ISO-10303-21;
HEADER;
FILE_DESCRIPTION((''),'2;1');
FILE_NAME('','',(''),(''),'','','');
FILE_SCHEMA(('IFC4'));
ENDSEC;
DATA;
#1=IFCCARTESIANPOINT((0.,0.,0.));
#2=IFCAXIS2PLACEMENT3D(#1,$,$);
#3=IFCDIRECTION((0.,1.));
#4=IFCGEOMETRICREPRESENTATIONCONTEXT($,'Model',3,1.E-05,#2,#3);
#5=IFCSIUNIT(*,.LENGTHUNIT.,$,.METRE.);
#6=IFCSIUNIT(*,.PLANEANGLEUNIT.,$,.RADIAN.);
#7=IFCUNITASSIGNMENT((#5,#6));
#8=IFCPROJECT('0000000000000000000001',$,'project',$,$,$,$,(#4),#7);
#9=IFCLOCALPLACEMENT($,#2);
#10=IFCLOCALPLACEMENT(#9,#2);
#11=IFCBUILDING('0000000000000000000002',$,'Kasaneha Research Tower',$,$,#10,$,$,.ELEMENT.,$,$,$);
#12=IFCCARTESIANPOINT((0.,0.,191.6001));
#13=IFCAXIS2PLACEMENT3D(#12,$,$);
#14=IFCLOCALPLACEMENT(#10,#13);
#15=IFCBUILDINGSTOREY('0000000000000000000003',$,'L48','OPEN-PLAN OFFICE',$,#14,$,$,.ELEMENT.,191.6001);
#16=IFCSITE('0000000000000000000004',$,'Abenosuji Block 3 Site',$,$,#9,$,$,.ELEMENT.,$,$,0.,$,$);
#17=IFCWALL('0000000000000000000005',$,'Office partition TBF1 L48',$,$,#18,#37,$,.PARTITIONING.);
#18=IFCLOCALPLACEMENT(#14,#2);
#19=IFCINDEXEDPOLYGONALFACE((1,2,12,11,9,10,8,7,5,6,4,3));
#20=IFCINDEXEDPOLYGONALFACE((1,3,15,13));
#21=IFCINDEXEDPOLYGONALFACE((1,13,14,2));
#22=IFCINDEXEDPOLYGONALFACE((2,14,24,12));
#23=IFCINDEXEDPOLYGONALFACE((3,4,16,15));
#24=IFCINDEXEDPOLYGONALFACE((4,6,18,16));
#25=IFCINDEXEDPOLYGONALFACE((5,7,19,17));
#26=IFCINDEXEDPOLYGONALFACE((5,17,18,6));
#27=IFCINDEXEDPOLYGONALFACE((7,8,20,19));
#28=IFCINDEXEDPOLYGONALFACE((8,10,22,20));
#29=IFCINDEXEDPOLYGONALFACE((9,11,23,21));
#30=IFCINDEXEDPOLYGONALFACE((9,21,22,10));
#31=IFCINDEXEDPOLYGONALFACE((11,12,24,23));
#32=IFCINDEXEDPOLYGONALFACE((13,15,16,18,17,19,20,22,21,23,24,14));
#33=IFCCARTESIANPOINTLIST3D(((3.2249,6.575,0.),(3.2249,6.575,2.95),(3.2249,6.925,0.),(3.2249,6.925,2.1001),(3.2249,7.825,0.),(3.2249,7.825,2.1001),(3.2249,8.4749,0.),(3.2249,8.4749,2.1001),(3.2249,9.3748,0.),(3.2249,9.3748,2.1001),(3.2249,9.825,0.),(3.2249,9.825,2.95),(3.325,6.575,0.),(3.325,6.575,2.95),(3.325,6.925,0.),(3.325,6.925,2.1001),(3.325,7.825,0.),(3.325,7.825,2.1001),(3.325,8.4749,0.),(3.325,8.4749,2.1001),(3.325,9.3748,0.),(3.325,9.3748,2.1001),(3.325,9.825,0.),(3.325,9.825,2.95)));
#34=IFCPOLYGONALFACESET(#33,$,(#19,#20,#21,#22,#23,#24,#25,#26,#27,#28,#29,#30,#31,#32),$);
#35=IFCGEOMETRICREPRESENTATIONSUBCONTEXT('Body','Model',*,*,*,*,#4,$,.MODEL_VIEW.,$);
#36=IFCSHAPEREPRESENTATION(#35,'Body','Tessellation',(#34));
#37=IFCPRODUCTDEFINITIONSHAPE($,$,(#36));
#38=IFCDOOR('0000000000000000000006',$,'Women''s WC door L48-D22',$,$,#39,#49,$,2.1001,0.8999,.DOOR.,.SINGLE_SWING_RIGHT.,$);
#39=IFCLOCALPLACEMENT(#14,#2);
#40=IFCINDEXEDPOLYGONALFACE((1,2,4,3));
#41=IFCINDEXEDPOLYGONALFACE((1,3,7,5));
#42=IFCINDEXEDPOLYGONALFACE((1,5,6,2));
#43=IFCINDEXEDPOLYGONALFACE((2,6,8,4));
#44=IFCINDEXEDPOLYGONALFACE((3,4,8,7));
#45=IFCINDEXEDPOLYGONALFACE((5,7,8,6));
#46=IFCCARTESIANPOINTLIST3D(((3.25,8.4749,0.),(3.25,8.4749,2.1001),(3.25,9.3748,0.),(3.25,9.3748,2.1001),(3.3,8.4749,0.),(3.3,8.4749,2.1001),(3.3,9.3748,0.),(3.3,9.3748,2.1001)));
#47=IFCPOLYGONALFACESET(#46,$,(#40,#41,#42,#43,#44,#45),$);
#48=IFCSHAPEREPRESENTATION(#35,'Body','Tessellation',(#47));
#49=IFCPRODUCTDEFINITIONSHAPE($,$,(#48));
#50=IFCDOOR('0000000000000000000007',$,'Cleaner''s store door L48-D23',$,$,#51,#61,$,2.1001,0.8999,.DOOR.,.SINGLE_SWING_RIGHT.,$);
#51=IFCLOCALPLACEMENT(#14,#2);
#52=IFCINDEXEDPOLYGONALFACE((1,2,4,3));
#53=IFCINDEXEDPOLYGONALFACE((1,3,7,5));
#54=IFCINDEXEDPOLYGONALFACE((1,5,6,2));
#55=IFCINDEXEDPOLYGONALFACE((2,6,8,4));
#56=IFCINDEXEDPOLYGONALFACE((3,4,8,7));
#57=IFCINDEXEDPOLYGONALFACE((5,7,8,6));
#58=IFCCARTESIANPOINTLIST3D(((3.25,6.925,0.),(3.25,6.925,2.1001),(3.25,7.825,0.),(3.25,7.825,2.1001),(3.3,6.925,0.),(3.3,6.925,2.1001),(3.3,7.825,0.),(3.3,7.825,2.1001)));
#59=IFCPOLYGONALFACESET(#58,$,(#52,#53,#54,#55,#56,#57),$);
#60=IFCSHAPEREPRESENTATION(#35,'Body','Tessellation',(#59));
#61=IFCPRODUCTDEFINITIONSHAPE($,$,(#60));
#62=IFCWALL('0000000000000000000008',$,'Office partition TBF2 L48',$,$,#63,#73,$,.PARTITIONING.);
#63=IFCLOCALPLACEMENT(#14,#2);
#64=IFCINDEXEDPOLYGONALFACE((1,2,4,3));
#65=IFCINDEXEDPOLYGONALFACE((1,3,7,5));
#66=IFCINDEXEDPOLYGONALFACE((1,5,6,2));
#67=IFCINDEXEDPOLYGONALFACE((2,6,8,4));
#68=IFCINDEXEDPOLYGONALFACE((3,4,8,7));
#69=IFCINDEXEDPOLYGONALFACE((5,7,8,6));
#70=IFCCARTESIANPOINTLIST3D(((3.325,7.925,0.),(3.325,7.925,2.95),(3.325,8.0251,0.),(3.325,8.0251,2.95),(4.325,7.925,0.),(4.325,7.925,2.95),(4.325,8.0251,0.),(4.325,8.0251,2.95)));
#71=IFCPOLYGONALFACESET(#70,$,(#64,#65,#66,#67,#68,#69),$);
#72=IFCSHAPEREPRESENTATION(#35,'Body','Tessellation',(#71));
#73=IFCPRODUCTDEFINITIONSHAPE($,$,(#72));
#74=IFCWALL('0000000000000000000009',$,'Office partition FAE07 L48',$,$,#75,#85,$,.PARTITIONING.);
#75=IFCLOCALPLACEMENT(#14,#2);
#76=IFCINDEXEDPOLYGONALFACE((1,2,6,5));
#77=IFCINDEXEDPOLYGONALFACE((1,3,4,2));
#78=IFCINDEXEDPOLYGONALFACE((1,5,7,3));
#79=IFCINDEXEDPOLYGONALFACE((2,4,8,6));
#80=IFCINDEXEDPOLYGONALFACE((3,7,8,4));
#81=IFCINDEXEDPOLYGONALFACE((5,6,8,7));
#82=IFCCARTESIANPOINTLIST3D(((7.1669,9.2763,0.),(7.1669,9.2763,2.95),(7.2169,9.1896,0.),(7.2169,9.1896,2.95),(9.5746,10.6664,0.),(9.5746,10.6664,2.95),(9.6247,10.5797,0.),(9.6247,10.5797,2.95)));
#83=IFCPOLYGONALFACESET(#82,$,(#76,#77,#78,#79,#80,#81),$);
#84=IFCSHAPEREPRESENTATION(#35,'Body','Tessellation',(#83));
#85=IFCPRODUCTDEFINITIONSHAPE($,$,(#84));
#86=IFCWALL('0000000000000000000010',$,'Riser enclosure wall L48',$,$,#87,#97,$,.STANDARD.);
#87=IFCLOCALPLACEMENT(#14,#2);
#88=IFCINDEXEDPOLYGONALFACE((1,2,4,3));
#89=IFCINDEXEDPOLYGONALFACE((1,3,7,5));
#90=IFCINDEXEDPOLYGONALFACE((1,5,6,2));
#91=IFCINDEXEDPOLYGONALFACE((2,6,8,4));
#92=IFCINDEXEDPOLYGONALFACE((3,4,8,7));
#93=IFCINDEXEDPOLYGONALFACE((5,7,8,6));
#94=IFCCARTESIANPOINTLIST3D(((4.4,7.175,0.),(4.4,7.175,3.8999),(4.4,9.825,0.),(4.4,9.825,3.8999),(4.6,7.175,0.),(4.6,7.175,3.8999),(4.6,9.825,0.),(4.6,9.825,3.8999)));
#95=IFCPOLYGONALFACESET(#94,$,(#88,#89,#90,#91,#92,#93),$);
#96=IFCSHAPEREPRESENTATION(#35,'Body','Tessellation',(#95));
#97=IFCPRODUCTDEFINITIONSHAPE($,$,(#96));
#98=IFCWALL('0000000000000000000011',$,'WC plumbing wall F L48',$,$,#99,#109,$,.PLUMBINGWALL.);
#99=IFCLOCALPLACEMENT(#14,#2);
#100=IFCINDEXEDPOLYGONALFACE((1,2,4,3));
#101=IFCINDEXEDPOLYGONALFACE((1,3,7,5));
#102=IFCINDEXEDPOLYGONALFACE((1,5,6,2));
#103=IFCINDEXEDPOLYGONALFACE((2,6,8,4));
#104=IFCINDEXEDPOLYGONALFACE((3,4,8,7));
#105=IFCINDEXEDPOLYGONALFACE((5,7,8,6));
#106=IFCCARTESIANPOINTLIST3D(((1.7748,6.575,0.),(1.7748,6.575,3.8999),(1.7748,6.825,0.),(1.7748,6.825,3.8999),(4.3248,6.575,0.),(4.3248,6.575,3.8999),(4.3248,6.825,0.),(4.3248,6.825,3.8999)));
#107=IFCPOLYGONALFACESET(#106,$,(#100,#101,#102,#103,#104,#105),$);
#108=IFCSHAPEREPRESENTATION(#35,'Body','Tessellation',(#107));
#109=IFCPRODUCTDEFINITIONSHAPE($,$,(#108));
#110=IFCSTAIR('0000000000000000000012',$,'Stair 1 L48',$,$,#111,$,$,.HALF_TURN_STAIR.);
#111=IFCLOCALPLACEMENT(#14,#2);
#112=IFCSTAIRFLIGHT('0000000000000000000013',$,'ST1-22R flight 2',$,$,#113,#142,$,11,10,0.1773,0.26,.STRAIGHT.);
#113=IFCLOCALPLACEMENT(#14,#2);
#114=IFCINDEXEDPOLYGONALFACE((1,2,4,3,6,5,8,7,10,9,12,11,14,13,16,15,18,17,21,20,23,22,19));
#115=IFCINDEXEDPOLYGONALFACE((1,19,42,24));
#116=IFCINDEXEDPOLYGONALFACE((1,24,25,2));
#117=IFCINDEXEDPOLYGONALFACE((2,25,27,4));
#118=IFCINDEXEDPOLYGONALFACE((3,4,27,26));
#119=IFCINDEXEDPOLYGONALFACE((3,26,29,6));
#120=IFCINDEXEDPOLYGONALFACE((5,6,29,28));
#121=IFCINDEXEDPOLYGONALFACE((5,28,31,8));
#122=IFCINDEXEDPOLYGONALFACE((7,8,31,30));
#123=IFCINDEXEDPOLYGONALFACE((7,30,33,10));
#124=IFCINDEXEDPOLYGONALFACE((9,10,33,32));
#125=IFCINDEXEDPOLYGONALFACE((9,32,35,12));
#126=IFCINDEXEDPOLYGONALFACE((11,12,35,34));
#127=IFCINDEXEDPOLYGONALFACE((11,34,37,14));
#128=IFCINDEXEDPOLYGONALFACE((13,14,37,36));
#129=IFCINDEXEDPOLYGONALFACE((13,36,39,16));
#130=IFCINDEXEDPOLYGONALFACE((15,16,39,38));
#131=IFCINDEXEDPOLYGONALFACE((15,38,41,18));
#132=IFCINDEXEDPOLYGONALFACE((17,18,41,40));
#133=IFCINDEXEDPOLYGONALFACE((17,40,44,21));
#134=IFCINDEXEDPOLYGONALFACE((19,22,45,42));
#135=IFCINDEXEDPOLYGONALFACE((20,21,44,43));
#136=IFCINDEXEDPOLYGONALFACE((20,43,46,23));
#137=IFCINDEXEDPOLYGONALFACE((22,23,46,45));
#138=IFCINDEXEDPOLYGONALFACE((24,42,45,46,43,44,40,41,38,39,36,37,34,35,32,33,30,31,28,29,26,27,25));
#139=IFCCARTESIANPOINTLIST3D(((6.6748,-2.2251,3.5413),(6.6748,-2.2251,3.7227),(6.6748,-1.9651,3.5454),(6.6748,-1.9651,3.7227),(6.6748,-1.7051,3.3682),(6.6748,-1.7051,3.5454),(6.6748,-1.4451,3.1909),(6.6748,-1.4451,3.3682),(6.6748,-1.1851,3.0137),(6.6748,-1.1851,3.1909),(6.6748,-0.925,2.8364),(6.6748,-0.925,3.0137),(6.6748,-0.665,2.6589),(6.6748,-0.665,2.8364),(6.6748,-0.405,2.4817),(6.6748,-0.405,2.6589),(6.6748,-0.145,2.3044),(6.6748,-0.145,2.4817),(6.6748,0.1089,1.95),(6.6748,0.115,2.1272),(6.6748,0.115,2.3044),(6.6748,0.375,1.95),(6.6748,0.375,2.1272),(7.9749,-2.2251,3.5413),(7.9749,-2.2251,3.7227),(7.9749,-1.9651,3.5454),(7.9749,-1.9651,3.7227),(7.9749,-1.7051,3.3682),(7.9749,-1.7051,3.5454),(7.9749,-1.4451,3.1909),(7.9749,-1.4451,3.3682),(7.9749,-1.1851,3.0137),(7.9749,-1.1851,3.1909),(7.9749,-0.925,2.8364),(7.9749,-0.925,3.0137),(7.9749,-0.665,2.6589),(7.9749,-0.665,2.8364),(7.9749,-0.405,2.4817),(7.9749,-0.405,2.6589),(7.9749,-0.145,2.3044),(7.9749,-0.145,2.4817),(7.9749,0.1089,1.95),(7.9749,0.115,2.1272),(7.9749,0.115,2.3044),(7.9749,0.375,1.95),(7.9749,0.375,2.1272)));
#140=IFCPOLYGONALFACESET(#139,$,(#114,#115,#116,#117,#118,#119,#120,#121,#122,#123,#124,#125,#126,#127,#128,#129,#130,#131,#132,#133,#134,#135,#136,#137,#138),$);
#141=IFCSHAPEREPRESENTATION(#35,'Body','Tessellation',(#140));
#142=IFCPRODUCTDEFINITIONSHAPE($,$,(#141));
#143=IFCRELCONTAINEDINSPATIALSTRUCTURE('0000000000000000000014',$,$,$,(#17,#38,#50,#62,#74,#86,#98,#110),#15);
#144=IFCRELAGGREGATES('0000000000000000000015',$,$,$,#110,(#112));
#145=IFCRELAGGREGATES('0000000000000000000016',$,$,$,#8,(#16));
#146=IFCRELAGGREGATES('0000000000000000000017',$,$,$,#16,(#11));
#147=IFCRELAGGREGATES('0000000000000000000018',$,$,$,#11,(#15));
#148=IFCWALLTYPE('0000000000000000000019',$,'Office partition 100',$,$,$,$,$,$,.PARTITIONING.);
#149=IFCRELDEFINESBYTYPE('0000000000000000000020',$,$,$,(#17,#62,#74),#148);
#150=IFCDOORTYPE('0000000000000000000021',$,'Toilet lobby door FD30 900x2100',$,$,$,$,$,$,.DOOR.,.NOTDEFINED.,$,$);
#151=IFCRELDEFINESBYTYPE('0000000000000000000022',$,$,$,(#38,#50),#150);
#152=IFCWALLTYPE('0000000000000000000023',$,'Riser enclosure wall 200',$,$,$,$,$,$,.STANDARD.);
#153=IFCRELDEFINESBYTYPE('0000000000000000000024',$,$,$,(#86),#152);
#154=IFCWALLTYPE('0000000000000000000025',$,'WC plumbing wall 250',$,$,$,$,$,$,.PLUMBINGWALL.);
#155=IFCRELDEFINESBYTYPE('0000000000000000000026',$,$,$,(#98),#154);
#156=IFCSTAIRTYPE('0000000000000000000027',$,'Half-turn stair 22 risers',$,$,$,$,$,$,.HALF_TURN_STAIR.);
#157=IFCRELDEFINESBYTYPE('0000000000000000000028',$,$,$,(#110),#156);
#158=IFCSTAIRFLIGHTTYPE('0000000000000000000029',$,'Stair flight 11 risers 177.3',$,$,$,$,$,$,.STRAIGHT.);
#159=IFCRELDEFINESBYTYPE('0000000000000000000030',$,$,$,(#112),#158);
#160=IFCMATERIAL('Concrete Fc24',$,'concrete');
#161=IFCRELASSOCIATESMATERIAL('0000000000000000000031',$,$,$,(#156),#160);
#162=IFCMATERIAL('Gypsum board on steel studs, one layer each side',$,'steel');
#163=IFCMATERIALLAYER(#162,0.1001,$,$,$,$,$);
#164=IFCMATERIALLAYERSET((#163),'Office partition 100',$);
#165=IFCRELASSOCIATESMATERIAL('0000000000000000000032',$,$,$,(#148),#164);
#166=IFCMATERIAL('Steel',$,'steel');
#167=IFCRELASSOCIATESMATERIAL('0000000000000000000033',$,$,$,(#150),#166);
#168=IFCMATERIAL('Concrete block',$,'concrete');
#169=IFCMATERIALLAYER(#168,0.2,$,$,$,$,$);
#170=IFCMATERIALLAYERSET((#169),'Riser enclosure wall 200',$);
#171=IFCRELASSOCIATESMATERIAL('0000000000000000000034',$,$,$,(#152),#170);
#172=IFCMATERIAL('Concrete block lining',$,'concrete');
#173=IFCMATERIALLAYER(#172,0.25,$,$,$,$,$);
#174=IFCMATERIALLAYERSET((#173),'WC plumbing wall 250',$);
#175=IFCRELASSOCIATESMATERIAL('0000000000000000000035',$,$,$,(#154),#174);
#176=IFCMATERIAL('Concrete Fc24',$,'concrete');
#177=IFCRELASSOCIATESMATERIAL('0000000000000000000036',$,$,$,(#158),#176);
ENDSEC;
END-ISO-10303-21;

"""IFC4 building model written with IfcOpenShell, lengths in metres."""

from ifc_helpers import new_model, si_unit, direction, frame, frame_2d, origin, place, context, subcontext, project, spatial, polyline, rectangle, outline, extrude, material, layer, layer_set, type_object, element, fill, aggregate, save


model = new_model("IFC4")

# Units and contexts
model_context = context("Model", 3, precision=1e-05, world=origin(), true_north=direction((0.0, 1.0)))
body_context = subcontext(model_context, "Body", "Model", "MODEL_VIEW")
ifc_project = project(units=[si_unit("LENGTHUNIT", "METRE"), si_unit("PLANEANGLEUNIT", "RADIAN")], contexts=[model_context])

# Site, building, storey
site_placement = place(None, origin())
site = spatial("IfcSite", under=ifc_project, at=site_placement, Name="Abenosuji Block 3 Site", CompositionType="ELEMENT", RefElevation=0.0)
building_placement = place(site_placement, origin())
building = spatial("IfcBuilding", under=site, at=building_placement, Name="Kasaneha Research Tower", CompositionType="ELEMENT")
storey_placement = place(building_placement, frame((0.0, 0.0, 191.6001)))
storey = spatial("IfcBuildingStorey", under=building, at=storey_placement, Name="L48", Description="OPEN-PLAN OFFICE", CompositionType="ELEMENT", Elevation=191.6001)

# Shared definitions
ifc_material_1 = material(Name="Concrete Fc24", Category="concrete")
stair_type = type_object("IfcStairType", Name="Half-turn stair 22 risers", PredefinedType="HALF_TURN_STAIR", material=ifc_material_1)

# Wall, openings, doors
ifc_material_2 = material(Name="Gypsum board on steel studs, one layer each side", Category="steel")
ifc_layer_1 = layer(ifc_material_2, 0.1001)
ifc_layer_set_1 = layer_set([ifc_layer_1], Name="Office partition 100")
wall_type_1 = type_object("IfcWallType", Name="Office partition 100", PredefinedType="PARTITIONING", material=ifc_layer_set_1)
wall_1_placement = place(storey_placement, frame((3.2749, 6.575, 0.0), z_axis=(0.0, 0.0, 1.0), x_axis=(0.0, 1.0, 0.0)))
wall_1 = element("IfcWall", 1, at=wall_1_placement, inside=storey, type_object=wall_type_1, Name="Office partition TBF1 L48", PredefinedType="PARTITIONING", context=body_context, shape_type="SweptSolid", body=[
    extrude(rectangle(XDim=3.25, YDim=0.1001, at=frame_2d((1.625, 0.0))), origin(), (0.0, 0.0, 1.0), 2.95),
])
opening_1_placement = place(wall_1_placement, frame((1.8999, 0.0, 0.0)))
opening_1 = element("IfcOpeningElement", 2, at=opening_1_placement, cuts=wall_1, PredefinedType="OPENING", context=body_context, shape_type="SweptSolid", body=[
    extrude(rectangle(XDim=0.8999, YDim=2.1001, at=frame_2d((0.45, 1.05))), frame((0.0, 0.0601, 0.0), z_axis=(0.0, -1.0, 0.0), x_axis=(1.0, 0.0, 0.0)), (0.0, 0.0, 1.0), 0.1201),
])
opening_2_placement = place(wall_1_placement, frame((0.3501, 0.0, 0.0)))
opening_2 = element("IfcOpeningElement", 3, at=opening_2_placement, cuts=wall_1, PredefinedType="OPENING", context=body_context, shape_type="SweptSolid", body=[
    extrude(rectangle(XDim=0.8999, YDim=2.1001, at=frame_2d((0.45, 1.05))), frame((0.0, 0.0601, 0.0), z_axis=(0.0, -1.0, 0.0), x_axis=(1.0, 0.0, 0.0)), (0.0, 0.0, 1.0), 0.1201),
])
ifc_material_3 = material(Name="Steel", Category="steel")
door_type_1 = type_object("IfcDoorType", Name="Toilet lobby door FD30 900x2100", OperationType="NOTDEFINED", PredefinedType="DOOR", material=ifc_material_3)
door_1_placement = place(opening_1_placement, origin())
door_1 = element("IfcDoor", 4, at=door_1_placement, inside=storey, type_object=door_type_1, Name="Women's WC door L48-D22", OperationType="SINGLE_SWING_RIGHT", OverallHeight=2.1001, OverallWidth=0.8999, PredefinedType="DOOR", context=body_context, shape_type="SweptSolid", body=[
    extrude(rectangle(XDim=0.8999, YDim=2.1001, at=frame_2d((0.45, 1.05))), frame((0.0, 0.0249, 0.0), z_axis=(0.0, -1.0, 0.0), x_axis=(1.0, 0.0, 0.0)), (0.0, 0.0, 1.0), 0.05),
])
fill(opening_1, door_1)
door_2_placement = place(opening_2_placement, origin())
door_2 = element("IfcDoor", 5, at=door_2_placement, inside=storey, type_object=door_type_1, Name="Cleaner's store door L48-D23", OperationType="SINGLE_SWING_RIGHT", OverallHeight=2.1001, OverallWidth=0.8999, PredefinedType="DOOR", context=body_context, shape_type="SweptSolid", body=[
    extrude(rectangle(XDim=0.8999, YDim=2.1001, at=frame_2d((0.45, 1.05))), frame((0.0, 0.0249, 0.0), z_axis=(0.0, -1.0, 0.0), x_axis=(1.0, 0.0, 0.0)), (0.0, 0.0, 1.0), 0.05),
])
fill(opening_2, door_2)

# Walls
wall_2_placement = place(storey_placement, frame((3.325, 7.9751, 0.0), z_axis=(0.0, 0.0, 1.0), x_axis=(1.0, 0.0, 0.0)))
element("IfcWall", 6, at=wall_2_placement, inside=storey, type_object=wall_type_1, Name="Office partition TBF2 L48", PredefinedType="PARTITIONING", context=body_context, shape_type="SweptSolid", body=[
    extrude(rectangle(XDim=1.0, YDim=0.1001, at=frame_2d((0.5, 0.0))), origin(), (0.0, 0.0, 1.0), 2.95),
])
wall_3_placement = place(storey_placement, frame((7.1919, 9.2329, 0.0), z_axis=(0.0, 0.0, 1.0), x_axis=(0.866019, 0.500011, 0.0)))
element("IfcWall", 7, at=wall_3_placement, inside=storey, type_object=wall_type_1, Name="Office partition FAE07 L48", PredefinedType="PARTITIONING", context=body_context, shape_type="SweptSolid", body=[
    extrude(rectangle(XDim=2.7803, YDim=0.1001, at=frame_2d((1.3901, 0.0))), origin(), (0.0, 0.0, 1.0), 2.95),
])
ifc_material_4 = material(Name="Concrete block", Category="concrete")
ifc_layer_2 = layer(ifc_material_4, 0.2)
ifc_layer_set_2 = layer_set([ifc_layer_2], Name="Riser enclosure wall 200")
wall_type_2 = type_object("IfcWallType", Name="Riser enclosure wall 200", PredefinedType="STANDARD", material=ifc_layer_set_2)
wall_4_placement = place(storey_placement, frame((4.5, 7.175, 0.0), z_axis=(0.0, 0.0, 1.0), x_axis=(0.0, 1.0, 0.0)))
element("IfcWall", 8, at=wall_4_placement, inside=storey, type_object=wall_type_2, Name="Riser enclosure wall L48", PredefinedType="STANDARD", context=body_context, shape_type="SweptSolid", body=[
    extrude(rectangle(XDim=2.6499, YDim=0.2, at=frame_2d((1.325, 0.0))), origin(), (0.0, 0.0, 1.0), 3.8999),
])
ifc_material_5 = material(Name="Concrete block lining", Category="concrete")
ifc_layer_3 = layer(ifc_material_5, 0.25)
ifc_layer_set_3 = layer_set([ifc_layer_3], Name="WC plumbing wall 250")
wall_type_3 = type_object("IfcWallType", Name="WC plumbing wall 250", PredefinedType="PLUMBINGWALL", material=ifc_layer_set_3)
wall_5_placement = place(storey_placement, frame((1.7749, 6.7, 0.0), z_axis=(0.0, 0.0, 1.0), x_axis=(1.0, 0.0, 0.0)))
element("IfcWall", 9, at=wall_5_placement, inside=storey, type_object=wall_type_3, Name="WC plumbing wall F L48", PredefinedType="PLUMBINGWALL", context=body_context, shape_type="SweptSolid", body=[
    extrude(rectangle(XDim=2.55, YDim=0.25, at=frame_2d((1.2749, 0.0))), origin(), (0.0, 0.0, 1.0), 3.8999),
])

# Stair, stair flight
stair_1_placement = place(storey_placement, origin())
stair_1 = element("IfcStair", 10, at=stair_1_placement, inside=storey, type_object=stair_type, Name="Stair 1 L48", PredefinedType="HALF_TURN_STAIR")
ifc_material_6 = material(Name="Concrete Fc24", Category="concrete")
stair_flight_type = type_object("IfcStairFlightType", Name="Stair flight 11 risers 177.3", PredefinedType="STRAIGHT", material=ifc_material_6)
stair_flight_placement = place(storey_placement, frame((7.325, 0.375, 1.95), z_axis=(0.0, 0.0, 1.0), x_axis=(0.0, -1.0, 0.0)))
stair_flight = element("IfcStairFlight", 11, at=stair_flight_placement, type_object=stair_flight_type, Name="ST1-22R flight 2", NumberOfRisers=11, NumberOfTreads=10, PredefinedType="STRAIGHT", RiserHeight=0.1773, TreadLength=0.26, context=body_context, shape_type="SweptSolid", body=[
    extrude(outline(polyline([(0.0, 0.0), (0.0, 0.1772), (0.26, 0.1772), (0.26, 0.3545), (0.52, 0.3545), (0.52, 0.5317), (0.78, 0.5317), (0.78, 0.709), (1.04, 0.709), (1.04, 0.8865), (1.3, 0.8865), (1.3, 1.0637), (1.5601, 1.0637), (1.5601, 1.241), (1.8201, 1.241), (1.8201, 1.4182), (2.0801, 1.4182), (2.0801, 1.5955), (2.3401, 1.5955), (2.3401, 1.7727), (2.6001, 1.7727), (2.6001, 1.95), (2.6001, 1.5913), (0.2661, 0.0), (0.0, 0.0)])), frame((0.0, 0.6499, 0.0), z_axis=(0.0, -1.0, 0.0), x_axis=(1.0, 0.0, 0.0)), (0.0, 0.0, 1.0), 1.3),
])
aggregate(stair_1, [stair_flight])

save(model, "model.ifc")
